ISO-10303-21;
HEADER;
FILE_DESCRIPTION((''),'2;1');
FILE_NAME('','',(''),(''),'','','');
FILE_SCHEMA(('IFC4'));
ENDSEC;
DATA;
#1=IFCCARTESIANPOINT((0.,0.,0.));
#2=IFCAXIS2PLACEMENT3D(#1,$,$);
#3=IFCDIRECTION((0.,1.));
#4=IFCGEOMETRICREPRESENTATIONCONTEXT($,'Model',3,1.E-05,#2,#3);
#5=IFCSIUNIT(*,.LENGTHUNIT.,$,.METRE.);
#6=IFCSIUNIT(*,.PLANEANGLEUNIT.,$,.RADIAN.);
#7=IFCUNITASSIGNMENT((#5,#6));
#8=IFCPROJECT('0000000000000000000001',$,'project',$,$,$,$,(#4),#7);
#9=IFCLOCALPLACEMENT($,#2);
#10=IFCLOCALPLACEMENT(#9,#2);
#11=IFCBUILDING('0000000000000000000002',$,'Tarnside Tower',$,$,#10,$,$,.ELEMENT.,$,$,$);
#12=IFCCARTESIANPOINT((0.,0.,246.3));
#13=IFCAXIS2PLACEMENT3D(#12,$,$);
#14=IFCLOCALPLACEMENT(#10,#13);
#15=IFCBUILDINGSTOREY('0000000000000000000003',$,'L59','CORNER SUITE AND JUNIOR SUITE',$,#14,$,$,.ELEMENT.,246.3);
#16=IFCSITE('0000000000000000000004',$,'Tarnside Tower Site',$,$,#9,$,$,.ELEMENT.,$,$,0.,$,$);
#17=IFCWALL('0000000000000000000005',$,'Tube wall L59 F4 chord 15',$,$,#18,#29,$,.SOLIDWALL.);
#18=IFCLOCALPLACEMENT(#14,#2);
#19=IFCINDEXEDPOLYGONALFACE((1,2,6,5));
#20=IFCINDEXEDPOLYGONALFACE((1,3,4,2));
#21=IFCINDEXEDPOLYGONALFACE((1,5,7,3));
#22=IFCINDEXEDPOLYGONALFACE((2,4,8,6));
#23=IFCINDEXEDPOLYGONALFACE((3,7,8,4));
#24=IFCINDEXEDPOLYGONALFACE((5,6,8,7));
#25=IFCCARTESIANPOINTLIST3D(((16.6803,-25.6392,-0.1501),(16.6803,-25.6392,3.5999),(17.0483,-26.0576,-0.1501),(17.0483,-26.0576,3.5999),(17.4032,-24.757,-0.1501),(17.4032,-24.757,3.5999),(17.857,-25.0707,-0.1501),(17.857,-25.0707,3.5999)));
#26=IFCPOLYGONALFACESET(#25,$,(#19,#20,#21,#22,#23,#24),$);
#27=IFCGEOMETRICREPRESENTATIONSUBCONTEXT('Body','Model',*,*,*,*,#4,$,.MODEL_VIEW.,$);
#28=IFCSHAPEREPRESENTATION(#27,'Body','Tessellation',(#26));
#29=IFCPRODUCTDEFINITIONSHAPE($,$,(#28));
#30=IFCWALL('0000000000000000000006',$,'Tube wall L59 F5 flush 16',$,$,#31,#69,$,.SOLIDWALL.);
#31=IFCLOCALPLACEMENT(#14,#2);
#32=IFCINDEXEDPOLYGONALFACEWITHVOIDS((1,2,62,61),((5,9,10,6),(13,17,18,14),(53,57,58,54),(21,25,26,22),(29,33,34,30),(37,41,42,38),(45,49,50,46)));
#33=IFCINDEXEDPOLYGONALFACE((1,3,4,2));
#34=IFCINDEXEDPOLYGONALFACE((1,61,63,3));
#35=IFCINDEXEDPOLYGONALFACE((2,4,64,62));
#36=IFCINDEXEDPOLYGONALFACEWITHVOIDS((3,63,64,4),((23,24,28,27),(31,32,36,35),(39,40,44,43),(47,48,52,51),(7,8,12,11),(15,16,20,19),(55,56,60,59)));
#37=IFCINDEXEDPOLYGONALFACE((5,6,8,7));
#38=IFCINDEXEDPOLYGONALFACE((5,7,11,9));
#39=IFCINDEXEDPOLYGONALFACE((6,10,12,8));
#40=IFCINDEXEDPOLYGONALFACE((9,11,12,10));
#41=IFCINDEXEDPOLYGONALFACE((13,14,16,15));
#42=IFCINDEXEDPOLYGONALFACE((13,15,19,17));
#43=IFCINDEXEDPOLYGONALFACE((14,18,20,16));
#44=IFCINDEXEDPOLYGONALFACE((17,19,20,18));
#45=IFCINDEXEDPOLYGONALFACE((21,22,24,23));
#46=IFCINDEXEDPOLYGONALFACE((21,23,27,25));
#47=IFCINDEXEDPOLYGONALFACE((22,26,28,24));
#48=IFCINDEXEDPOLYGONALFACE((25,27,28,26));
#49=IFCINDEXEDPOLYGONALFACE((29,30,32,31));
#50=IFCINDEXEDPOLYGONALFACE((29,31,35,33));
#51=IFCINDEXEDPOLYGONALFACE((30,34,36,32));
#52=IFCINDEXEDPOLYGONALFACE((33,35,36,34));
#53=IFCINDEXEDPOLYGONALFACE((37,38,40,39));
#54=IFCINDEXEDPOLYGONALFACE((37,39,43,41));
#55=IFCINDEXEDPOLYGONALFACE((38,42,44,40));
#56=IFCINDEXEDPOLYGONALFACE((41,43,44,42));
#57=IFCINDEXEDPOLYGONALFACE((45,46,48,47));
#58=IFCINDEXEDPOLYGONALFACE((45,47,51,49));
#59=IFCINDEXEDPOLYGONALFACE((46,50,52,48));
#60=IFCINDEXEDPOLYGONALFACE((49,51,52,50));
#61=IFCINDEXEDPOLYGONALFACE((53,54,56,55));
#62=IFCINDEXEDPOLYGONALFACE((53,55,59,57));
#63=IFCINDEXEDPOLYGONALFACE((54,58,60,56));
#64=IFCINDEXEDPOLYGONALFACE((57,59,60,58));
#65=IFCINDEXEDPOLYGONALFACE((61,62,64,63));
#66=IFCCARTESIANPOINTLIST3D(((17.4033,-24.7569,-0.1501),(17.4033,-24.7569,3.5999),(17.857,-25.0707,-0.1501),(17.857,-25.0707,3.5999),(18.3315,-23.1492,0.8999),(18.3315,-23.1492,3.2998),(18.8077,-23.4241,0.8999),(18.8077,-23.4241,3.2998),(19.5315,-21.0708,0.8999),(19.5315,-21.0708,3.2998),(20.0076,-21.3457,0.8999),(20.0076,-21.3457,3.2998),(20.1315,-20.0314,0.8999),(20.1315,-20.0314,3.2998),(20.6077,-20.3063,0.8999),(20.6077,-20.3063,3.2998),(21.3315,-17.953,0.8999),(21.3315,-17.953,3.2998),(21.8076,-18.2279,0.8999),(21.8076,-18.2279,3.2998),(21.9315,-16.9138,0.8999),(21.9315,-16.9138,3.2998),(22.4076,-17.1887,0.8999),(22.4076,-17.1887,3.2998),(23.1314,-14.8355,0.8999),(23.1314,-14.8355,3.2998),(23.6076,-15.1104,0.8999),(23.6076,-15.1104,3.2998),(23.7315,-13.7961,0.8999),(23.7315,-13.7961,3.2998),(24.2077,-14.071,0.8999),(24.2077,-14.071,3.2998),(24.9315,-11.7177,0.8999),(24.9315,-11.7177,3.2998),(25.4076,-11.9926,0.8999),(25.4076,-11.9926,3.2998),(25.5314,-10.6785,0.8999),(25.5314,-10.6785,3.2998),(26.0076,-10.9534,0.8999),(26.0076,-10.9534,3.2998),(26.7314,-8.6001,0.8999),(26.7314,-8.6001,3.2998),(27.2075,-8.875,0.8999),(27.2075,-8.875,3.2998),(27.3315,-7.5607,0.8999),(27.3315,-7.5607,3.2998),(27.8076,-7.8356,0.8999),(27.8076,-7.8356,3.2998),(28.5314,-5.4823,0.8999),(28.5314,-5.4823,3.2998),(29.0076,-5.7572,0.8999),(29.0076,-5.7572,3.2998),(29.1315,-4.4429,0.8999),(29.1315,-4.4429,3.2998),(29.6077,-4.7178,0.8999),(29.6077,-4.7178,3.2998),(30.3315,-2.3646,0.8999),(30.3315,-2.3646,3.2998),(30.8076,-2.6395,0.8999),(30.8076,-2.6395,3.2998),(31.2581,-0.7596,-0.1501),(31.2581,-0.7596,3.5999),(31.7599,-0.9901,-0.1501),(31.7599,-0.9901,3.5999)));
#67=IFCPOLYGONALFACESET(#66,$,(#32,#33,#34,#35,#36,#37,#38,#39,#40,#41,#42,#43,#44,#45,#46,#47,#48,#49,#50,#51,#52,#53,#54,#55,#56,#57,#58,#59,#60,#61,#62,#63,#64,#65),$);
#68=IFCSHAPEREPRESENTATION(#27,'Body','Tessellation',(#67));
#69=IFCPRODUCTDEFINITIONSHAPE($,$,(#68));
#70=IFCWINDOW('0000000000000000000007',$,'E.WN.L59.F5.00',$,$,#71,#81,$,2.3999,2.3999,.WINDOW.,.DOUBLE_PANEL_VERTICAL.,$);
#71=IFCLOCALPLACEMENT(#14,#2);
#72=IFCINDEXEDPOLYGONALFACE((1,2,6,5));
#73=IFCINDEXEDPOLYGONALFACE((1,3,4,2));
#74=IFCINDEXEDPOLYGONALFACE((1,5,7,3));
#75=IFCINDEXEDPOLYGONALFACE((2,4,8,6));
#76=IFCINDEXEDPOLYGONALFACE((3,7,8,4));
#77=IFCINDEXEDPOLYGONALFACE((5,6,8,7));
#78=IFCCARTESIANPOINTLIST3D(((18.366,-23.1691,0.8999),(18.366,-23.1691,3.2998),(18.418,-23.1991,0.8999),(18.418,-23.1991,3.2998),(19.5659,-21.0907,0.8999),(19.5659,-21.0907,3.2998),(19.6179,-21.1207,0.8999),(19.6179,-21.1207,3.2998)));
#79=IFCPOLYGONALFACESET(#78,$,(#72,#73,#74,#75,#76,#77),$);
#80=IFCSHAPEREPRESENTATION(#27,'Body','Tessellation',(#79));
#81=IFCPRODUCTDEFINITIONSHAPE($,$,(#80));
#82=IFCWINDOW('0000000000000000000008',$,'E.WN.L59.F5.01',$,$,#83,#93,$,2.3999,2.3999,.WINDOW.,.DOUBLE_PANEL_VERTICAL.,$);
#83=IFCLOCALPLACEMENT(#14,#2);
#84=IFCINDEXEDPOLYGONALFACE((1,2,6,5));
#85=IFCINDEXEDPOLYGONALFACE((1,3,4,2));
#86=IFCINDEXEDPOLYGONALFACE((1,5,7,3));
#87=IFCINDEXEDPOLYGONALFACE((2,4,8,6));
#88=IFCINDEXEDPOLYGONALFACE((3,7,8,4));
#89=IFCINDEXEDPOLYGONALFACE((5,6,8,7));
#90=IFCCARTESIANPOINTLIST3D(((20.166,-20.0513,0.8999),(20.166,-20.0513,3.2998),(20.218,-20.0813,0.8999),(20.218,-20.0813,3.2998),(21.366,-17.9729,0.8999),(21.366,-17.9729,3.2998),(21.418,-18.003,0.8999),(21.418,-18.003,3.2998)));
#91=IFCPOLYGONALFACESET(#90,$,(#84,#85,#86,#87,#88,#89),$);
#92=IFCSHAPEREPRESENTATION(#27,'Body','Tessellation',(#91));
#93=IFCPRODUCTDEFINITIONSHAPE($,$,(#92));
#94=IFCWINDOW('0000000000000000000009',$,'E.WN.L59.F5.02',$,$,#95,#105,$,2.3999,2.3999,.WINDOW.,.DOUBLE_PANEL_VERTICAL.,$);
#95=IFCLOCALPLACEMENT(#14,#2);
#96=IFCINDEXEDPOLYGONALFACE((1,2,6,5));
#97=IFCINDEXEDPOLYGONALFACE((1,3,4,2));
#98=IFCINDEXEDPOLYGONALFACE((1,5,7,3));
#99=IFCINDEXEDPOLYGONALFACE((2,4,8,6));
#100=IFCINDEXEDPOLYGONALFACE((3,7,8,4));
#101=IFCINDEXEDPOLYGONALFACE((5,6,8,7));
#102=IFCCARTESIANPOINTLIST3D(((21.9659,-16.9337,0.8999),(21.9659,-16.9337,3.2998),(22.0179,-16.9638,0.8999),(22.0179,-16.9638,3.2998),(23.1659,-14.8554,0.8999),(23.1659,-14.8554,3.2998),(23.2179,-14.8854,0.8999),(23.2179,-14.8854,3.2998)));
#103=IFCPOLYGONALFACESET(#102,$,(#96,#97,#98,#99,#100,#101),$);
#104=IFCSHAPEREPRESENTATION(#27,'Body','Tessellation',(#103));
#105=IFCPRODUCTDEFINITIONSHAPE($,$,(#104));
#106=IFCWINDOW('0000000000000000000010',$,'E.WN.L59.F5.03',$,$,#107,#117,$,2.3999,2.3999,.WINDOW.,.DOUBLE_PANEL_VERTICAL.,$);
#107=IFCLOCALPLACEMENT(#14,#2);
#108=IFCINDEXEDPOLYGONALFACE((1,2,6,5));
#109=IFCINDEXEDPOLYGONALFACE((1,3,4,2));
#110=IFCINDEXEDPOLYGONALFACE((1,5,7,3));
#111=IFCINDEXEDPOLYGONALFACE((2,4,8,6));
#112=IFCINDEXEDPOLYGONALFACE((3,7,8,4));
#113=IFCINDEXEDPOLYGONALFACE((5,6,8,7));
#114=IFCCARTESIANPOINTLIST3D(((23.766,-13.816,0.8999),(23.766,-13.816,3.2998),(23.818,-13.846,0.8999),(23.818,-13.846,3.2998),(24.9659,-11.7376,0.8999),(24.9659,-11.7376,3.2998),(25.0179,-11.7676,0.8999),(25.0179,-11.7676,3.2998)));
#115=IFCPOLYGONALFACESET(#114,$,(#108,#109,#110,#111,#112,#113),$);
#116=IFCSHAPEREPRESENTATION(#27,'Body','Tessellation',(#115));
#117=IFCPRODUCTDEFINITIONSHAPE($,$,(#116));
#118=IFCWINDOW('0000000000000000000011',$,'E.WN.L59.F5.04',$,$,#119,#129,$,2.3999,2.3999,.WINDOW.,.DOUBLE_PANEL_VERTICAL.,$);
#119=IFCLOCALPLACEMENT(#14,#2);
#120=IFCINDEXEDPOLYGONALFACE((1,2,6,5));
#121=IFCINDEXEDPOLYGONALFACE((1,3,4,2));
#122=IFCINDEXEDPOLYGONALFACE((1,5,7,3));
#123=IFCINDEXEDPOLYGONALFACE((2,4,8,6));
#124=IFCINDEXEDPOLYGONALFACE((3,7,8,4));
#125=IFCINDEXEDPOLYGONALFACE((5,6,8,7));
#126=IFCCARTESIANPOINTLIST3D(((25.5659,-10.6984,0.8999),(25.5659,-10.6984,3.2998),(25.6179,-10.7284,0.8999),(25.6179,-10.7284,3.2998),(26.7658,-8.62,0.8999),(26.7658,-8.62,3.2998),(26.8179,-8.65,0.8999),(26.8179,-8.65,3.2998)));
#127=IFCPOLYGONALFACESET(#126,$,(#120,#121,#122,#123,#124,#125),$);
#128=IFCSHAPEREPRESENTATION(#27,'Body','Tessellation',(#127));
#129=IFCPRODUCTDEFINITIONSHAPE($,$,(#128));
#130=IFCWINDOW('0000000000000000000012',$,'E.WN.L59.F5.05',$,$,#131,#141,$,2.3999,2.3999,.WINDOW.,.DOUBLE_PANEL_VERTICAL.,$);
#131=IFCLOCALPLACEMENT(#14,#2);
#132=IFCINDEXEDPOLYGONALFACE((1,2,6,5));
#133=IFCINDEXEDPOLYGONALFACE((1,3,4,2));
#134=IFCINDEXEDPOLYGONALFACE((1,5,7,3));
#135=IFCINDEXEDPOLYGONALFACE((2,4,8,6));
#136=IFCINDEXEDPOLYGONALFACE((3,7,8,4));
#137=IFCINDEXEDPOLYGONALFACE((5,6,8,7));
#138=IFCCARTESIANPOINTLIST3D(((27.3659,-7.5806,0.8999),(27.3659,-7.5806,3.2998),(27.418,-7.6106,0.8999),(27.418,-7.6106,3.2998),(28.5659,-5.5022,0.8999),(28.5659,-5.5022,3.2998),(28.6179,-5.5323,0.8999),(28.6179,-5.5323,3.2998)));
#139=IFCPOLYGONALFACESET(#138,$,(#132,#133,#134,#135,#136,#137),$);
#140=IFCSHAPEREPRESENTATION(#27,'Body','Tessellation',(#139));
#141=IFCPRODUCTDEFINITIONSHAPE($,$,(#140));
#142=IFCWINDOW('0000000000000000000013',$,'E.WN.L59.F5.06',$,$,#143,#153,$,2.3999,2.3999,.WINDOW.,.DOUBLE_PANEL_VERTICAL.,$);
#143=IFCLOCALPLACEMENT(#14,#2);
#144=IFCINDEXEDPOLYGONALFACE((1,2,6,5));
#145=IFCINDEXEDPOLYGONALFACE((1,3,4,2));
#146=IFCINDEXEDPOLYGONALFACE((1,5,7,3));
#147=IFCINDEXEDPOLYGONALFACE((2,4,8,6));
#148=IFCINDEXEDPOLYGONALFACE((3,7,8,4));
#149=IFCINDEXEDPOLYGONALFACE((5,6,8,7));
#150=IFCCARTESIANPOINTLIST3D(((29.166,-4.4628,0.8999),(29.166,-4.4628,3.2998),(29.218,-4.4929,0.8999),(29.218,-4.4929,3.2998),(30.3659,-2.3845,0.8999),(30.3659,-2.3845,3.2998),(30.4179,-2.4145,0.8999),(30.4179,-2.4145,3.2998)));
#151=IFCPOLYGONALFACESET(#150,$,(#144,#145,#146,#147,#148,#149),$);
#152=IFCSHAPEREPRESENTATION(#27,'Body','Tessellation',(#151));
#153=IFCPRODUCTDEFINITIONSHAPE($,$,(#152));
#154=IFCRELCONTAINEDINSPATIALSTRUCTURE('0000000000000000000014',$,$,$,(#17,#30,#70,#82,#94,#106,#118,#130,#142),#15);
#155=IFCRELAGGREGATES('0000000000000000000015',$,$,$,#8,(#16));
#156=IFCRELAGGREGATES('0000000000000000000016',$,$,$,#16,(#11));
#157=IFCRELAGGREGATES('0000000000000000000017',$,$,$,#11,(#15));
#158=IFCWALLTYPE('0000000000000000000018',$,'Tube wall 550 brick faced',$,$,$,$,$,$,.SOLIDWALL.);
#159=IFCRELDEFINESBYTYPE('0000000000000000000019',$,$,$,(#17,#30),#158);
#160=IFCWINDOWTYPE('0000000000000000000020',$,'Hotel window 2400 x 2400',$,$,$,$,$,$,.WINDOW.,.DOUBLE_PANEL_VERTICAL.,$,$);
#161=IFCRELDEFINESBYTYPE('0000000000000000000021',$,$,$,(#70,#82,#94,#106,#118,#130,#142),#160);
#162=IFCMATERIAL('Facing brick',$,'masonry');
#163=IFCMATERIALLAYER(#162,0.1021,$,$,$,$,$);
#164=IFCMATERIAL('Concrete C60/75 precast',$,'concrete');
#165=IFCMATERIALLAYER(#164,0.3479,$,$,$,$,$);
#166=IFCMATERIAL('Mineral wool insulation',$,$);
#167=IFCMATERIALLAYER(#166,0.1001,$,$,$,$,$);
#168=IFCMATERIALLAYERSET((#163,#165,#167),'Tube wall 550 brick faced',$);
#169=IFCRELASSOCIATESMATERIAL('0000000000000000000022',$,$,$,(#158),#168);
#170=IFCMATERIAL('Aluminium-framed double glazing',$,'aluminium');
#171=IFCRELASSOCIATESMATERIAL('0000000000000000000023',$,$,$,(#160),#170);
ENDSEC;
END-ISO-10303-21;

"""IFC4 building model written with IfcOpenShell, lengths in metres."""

from ifc_helpers import new_model, si_unit, direction, frame, frame_2d, origin, place, context, subcontext, project, spatial, polyline, rectangle, outline, extrude, material, layer, layer_set, type_object, element, fill, save


model = new_model("IFC4")

# Units and contexts
model_context = context("Model", 3, precision=1e-05, world=origin(), true_north=direction((0.0, 1.0)))
body_context = subcontext(model_context, "Body", "Model", "MODEL_VIEW")
ifc_project = project(units=[si_unit("LENGTHUNIT", "METRE"), si_unit("PLANEANGLEUNIT", "RADIAN")], contexts=[model_context])

# Site, building, storey
site_placement = place(None, origin())
site = spatial("IfcSite", under=ifc_project, at=site_placement, Name="Tarnside Tower Site", CompositionType="ELEMENT", RefElevation=0.0)
building_placement = place(site_placement, origin())
building = spatial("IfcBuilding", under=site, at=building_placement, Name="Tarnside Tower", CompositionType="ELEMENT")
storey_placement = place(building_placement, frame((0.0, 0.0, 246.3)))
storey = spatial("IfcBuildingStorey", under=building, at=storey_placement, Name="L59", Description="CORNER SUITE AND JUNIOR SUITE", CompositionType="ELEMENT", Elevation=246.3)

# Wall
ifc_material_1 = material(Name="Facing brick", Category="masonry")
ifc_layer_1 = layer(ifc_material_1, 0.1021)
ifc_material_2 = material(Name="Concrete C60/75 precast", Category="concrete")
ifc_layer_2 = layer(ifc_material_2, 0.3479)
ifc_material_3 = material(Name="Mineral wool insulation")
ifc_layer_3 = layer(ifc_material_3, 0.1001)
ifc_layer_set_1 = layer_set([ifc_layer_1, ifc_layer_2, ifc_layer_3], Name="Tube wall 550 brick faced")
wall_type_1 = type_object("IfcWallType", Name="Tube wall 550 brick faced", PredefinedType="SOLIDWALL", material=ifc_layer_set_1)
wall_1_placement = place(storey_placement, frame((16.8643, -25.8484, -0.1501), z_axis=(0.0, 0.0, 1.0), x_axis=(0.633843, 0.773462, 0.0)))
element("IfcWall", 1, at=wall_1_placement, inside=storey, type_object=wall_type_1, Name="Tube wall L59 F4 chord 15", PredefinedType="SOLIDWALL", context=body_context, shape_type="SweptSolid", body=[
    extrude(outline(polyline([(-0.0452, -0.2749), (1.2307, -0.2749), (1.1858, 0.2749), (0.0452, 0.2749), (-0.0452, -0.2749)])), origin(), (0.0, 0.0, 1.0), 3.75),
])

# Wall, openings, windows
wall_2_placement = place(storey_placement, frame((17.6301, -24.9138, -0.1501), z_axis=(0.0, 0.0, 1.0), x_axis=(0.499999, 0.866026, 0.0)))
wall_2 = element("IfcWall", 2, at=wall_2_placement, inside=storey, type_object=wall_type_1, Name="Tube wall L59 F5 flush 16", PredefinedType="SOLIDWALL", context=body_context, shape_type="SweptSolid", body=[
    extrude(outline(polyline([(-0.0225, -0.2749), (27.7834, -0.2749), (27.7322, 0.2749), (0.0225, 0.2749), (-0.0225, -0.2749)])), origin(), (0.0, 0.0, 1.0), 3.75),
])
opening_1_placement = place(wall_2_placement, frame((1.8789, 0.0, 1.05)))
opening_1 = element("IfcOpeningElement", 3, at=opening_1_placement, cuts=wall_2, PredefinedType="OPENING", context=body_context, shape_type="SweptSolid", body=[
    extrude(rectangle(XDim=2.3999, YDim=2.3999, at=frame_2d((1.2, 1.2))), frame((0.0, 0.2852, 0.0), z_axis=(0.0, -1.0, 0.0), x_axis=(1.0, 0.0, 0.0)), (0.0, 0.0, 1.0), 0.5701),
])
opening_2_placement = place(wall_2_placement, frame((5.479, 0.0, 1.05)))
opening_2 = element("IfcOpeningElement", 4, at=opening_2_placement, cuts=wall_2, PredefinedType="OPENING", context=body_context, shape_type="SweptSolid", body=[
    extrude(rectangle(XDim=2.3999, YDim=2.3999, at=frame_2d((1.2, 1.2))), frame((0.0, 0.2852, 0.0), z_axis=(0.0, -1.0, 0.0), x_axis=(1.0, 0.0, 0.0)), (0.0, 0.0, 1.0), 0.5701),
])
opening_3_placement = place(wall_2_placement, frame((9.0789, 0.0, 1.05)))
opening_3 = element("IfcOpeningElement", 5, at=opening_3_placement, cuts=wall_2, PredefinedType="OPENING", context=body_context, shape_type="SweptSolid", body=[
    extrude(rectangle(XDim=2.3999, YDim=2.3999, at=frame_2d((1.2, 1.2))), frame((0.0, 0.2852, 0.0), z_axis=(0.0, -1.0, 0.0), x_axis=(1.0, 0.0, 0.0)), (0.0, 0.0, 1.0), 0.5701),
])
opening_4_placement = place(wall_2_placement, frame((12.679, 0.0, 1.05)))
opening_4 = element("IfcOpeningElement", 6, at=opening_4_placement, cuts=wall_2, PredefinedType="OPENING", context=body_context, shape_type="SweptSolid", body=[
    extrude(rectangle(XDim=2.3999, YDim=2.3999, at=frame_2d((1.2, 1.2))), frame((0.0, 0.2852, 0.0), z_axis=(0.0, -1.0, 0.0), x_axis=(1.0, 0.0, 0.0)), (0.0, 0.0, 1.0), 0.5701),
])
opening_5_placement = place(wall_2_placement, frame((16.2788, 0.0, 1.05)))
opening_5 = element("IfcOpeningElement", 7, at=opening_5_placement, cuts=wall_2, PredefinedType="OPENING", context=body_context, shape_type="SweptSolid", body=[
    extrude(rectangle(XDim=2.3999, YDim=2.3999, at=frame_2d((1.2, 1.2))), frame((0.0, 0.2852, 0.0), z_axis=(0.0, -1.0, 0.0), x_axis=(1.0, 0.0, 0.0)), (0.0, 0.0, 1.0), 0.5701),
])
opening_6_placement = place(wall_2_placement, frame((19.8789, 0.0, 1.05)))
opening_6 = element("IfcOpeningElement", 8, at=opening_6_placement, cuts=wall_2, PredefinedType="OPENING", context=body_context, shape_type="SweptSolid", body=[
    extrude(rectangle(XDim=2.3999, YDim=2.3999, at=frame_2d((1.2, 1.2))), frame((0.0, 0.2852, 0.0), z_axis=(0.0, -1.0, 0.0), x_axis=(1.0, 0.0, 0.0)), (0.0, 0.0, 1.0), 0.5701),
])
opening_7_placement = place(wall_2_placement, frame((23.479, 0.0, 1.05)))
opening_7 = element("IfcOpeningElement", 9, at=opening_7_placement, cuts=wall_2, PredefinedType="OPENING", context=body_context, shape_type="SweptSolid", body=[
    extrude(rectangle(XDim=2.3999, YDim=2.3999, at=frame_2d((1.2, 1.2))), frame((0.0, 0.2852, 0.0), z_axis=(0.0, -1.0, 0.0), x_axis=(1.0, 0.0, 0.0)), (0.0, 0.0, 1.0), 0.5701),
])
ifc_material_4 = material(Name="Aluminium-framed double glazing", Category="aluminium")
window_type = type_object("IfcWindowType", Name="Hotel window 2400 x 2400", PartitioningType="DOUBLE_PANEL_VERTICAL", PredefinedType="WINDOW", material=ifc_material_4)
window_1_placement = place(opening_1_placement, frame((0.0, 0.2051, 0.0)))
window_1 = element("IfcWindow", 10, at=window_1_placement, inside=storey, type_object=window_type, Name="E.WN.L59.F5.00", OverallHeight=2.3999, OverallWidth=2.3999, PartitioningType="DOUBLE_PANEL_VERTICAL", PredefinedType="WINDOW", context=body_context, shape_type="SweptSolid", body=[
    extrude(rectangle(XDim=2.3999, YDim=2.3999, at=frame_2d((1.2, 1.2))), frame((0.0, 0.03, 0.0), z_axis=(0.0, -1.0, 0.0), x_axis=(1.0, 0.0, 0.0)), (0.0, 0.0, 1.0), 0.0601),
])
fill(opening_1, window_1)
window_2_placement = place(opening_2_placement, frame((0.0, 0.2051, 0.0)))
window_2 = element("IfcWindow", 11, at=window_2_placement, inside=storey, type_object=window_type, Name="E.WN.L59.F5.01", OverallHeight=2.3999, OverallWidth=2.3999, PartitioningType="DOUBLE_PANEL_VERTICAL", PredefinedType="WINDOW", context=body_context, shape_type="SweptSolid", body=[
    extrude(rectangle(XDim=2.3999, YDim=2.3999, at=frame_2d((1.2, 1.2))), frame((0.0, 0.03, 0.0), z_axis=(0.0, -1.0, 0.0), x_axis=(1.0, 0.0, 0.0)), (0.0, 0.0, 1.0), 0.0601),
])
fill(opening_2, window_2)
window_3_placement = place(opening_3_placement, frame((0.0, 0.2051, 0.0)))
window_3 = element("IfcWindow", 12, at=window_3_placement, inside=storey, type_object=window_type, Name="E.WN.L59.F5.02", OverallHeight=2.3999, OverallWidth=2.3999, PartitioningType="DOUBLE_PANEL_VERTICAL", PredefinedType="WINDOW", context=body_context, shape_type="SweptSolid", body=[
    extrude(rectangle(XDim=2.3999, YDim=2.3999, at=frame_2d((1.2, 1.2))), frame((0.0, 0.03, 0.0), z_axis=(0.0, -1.0, 0.0), x_axis=(1.0, 0.0, 0.0)), (0.0, 0.0, 1.0), 0.0601),
])
fill(opening_3, window_3)
window_4_placement = place(opening_4_placement, frame((0.0, 0.2051, 0.0)))
window_4 = element("IfcWindow", 13, at=window_4_placement, inside=storey, type_object=window_type, Name="E.WN.L59.F5.03", OverallHeight=2.3999, OverallWidth=2.3999, PartitioningType="DOUBLE_PANEL_VERTICAL", PredefinedType="WINDOW", context=body_context, shape_type="SweptSolid", body=[
    extrude(rectangle(XDim=2.3999, YDim=2.3999, at=frame_2d((1.2, 1.2))), frame((0.0, 0.03, 0.0), z_axis=(0.0, -1.0, 0.0), x_axis=(1.0, 0.0, 0.0)), (0.0, 0.0, 1.0), 0.0601),
])
fill(opening_4, window_4)
window_5_placement = place(opening_5_placement, frame((0.0, 0.2051, 0.0)))
window_5 = element("IfcWindow", 14, at=window_5_placement, inside=storey, type_object=window_type, Name="E.WN.L59.F5.04", OverallHeight=2.3999, OverallWidth=2.3999, PartitioningType="DOUBLE_PANEL_VERTICAL", PredefinedType="WINDOW", context=body_context, shape_type="SweptSolid", body=[
    extrude(rectangle(XDim=2.3999, YDim=2.3999, at=frame_2d((1.2, 1.2))), frame((0.0, 0.03, 0.0), z_axis=(0.0, -1.0, 0.0), x_axis=(1.0, 0.0, 0.0)), (0.0, 0.0, 1.0), 0.0601),
])
fill(opening_5, window_5)
window_6_placement = place(opening_6_placement, frame((0.0, 0.2051, 0.0)))
window_6 = element("IfcWindow", 15, at=window_6_placement, inside=storey, type_object=window_type, Name="E.WN.L59.F5.05", OverallHeight=2.3999, OverallWidth=2.3999, PartitioningType="DOUBLE_PANEL_VERTICAL", PredefinedType="WINDOW", context=body_context, shape_type="SweptSolid", body=[
    extrude(rectangle(XDim=2.3999, YDim=2.3999, at=frame_2d((1.2, 1.2))), frame((0.0, 0.03, 0.0), z_axis=(0.0, -1.0, 0.0), x_axis=(1.0, 0.0, 0.0)), (0.0, 0.0, 1.0), 0.0601),
])
fill(opening_6, window_6)
window_7_placement = place(opening_7_placement, frame((0.0, 0.2051, 0.0)))
window_7 = element("IfcWindow", 16, at=window_7_placement, inside=storey, type_object=window_type, Name="E.WN.L59.F5.06", OverallHeight=2.3999, OverallWidth=2.3999, PartitioningType="DOUBLE_PANEL_VERTICAL", PredefinedType="WINDOW", context=body_context, shape_type="SweptSolid", body=[
    extrude(rectangle(XDim=2.3999, YDim=2.3999, at=frame_2d((1.2, 1.2))), frame((0.0, 0.03, 0.0), z_axis=(0.0, -1.0, 0.0), x_axis=(1.0, 0.0, 0.0)), (0.0, 0.0, 1.0), 0.0601),
])
fill(opening_7, window_7)

save(model, "model.ifc")
